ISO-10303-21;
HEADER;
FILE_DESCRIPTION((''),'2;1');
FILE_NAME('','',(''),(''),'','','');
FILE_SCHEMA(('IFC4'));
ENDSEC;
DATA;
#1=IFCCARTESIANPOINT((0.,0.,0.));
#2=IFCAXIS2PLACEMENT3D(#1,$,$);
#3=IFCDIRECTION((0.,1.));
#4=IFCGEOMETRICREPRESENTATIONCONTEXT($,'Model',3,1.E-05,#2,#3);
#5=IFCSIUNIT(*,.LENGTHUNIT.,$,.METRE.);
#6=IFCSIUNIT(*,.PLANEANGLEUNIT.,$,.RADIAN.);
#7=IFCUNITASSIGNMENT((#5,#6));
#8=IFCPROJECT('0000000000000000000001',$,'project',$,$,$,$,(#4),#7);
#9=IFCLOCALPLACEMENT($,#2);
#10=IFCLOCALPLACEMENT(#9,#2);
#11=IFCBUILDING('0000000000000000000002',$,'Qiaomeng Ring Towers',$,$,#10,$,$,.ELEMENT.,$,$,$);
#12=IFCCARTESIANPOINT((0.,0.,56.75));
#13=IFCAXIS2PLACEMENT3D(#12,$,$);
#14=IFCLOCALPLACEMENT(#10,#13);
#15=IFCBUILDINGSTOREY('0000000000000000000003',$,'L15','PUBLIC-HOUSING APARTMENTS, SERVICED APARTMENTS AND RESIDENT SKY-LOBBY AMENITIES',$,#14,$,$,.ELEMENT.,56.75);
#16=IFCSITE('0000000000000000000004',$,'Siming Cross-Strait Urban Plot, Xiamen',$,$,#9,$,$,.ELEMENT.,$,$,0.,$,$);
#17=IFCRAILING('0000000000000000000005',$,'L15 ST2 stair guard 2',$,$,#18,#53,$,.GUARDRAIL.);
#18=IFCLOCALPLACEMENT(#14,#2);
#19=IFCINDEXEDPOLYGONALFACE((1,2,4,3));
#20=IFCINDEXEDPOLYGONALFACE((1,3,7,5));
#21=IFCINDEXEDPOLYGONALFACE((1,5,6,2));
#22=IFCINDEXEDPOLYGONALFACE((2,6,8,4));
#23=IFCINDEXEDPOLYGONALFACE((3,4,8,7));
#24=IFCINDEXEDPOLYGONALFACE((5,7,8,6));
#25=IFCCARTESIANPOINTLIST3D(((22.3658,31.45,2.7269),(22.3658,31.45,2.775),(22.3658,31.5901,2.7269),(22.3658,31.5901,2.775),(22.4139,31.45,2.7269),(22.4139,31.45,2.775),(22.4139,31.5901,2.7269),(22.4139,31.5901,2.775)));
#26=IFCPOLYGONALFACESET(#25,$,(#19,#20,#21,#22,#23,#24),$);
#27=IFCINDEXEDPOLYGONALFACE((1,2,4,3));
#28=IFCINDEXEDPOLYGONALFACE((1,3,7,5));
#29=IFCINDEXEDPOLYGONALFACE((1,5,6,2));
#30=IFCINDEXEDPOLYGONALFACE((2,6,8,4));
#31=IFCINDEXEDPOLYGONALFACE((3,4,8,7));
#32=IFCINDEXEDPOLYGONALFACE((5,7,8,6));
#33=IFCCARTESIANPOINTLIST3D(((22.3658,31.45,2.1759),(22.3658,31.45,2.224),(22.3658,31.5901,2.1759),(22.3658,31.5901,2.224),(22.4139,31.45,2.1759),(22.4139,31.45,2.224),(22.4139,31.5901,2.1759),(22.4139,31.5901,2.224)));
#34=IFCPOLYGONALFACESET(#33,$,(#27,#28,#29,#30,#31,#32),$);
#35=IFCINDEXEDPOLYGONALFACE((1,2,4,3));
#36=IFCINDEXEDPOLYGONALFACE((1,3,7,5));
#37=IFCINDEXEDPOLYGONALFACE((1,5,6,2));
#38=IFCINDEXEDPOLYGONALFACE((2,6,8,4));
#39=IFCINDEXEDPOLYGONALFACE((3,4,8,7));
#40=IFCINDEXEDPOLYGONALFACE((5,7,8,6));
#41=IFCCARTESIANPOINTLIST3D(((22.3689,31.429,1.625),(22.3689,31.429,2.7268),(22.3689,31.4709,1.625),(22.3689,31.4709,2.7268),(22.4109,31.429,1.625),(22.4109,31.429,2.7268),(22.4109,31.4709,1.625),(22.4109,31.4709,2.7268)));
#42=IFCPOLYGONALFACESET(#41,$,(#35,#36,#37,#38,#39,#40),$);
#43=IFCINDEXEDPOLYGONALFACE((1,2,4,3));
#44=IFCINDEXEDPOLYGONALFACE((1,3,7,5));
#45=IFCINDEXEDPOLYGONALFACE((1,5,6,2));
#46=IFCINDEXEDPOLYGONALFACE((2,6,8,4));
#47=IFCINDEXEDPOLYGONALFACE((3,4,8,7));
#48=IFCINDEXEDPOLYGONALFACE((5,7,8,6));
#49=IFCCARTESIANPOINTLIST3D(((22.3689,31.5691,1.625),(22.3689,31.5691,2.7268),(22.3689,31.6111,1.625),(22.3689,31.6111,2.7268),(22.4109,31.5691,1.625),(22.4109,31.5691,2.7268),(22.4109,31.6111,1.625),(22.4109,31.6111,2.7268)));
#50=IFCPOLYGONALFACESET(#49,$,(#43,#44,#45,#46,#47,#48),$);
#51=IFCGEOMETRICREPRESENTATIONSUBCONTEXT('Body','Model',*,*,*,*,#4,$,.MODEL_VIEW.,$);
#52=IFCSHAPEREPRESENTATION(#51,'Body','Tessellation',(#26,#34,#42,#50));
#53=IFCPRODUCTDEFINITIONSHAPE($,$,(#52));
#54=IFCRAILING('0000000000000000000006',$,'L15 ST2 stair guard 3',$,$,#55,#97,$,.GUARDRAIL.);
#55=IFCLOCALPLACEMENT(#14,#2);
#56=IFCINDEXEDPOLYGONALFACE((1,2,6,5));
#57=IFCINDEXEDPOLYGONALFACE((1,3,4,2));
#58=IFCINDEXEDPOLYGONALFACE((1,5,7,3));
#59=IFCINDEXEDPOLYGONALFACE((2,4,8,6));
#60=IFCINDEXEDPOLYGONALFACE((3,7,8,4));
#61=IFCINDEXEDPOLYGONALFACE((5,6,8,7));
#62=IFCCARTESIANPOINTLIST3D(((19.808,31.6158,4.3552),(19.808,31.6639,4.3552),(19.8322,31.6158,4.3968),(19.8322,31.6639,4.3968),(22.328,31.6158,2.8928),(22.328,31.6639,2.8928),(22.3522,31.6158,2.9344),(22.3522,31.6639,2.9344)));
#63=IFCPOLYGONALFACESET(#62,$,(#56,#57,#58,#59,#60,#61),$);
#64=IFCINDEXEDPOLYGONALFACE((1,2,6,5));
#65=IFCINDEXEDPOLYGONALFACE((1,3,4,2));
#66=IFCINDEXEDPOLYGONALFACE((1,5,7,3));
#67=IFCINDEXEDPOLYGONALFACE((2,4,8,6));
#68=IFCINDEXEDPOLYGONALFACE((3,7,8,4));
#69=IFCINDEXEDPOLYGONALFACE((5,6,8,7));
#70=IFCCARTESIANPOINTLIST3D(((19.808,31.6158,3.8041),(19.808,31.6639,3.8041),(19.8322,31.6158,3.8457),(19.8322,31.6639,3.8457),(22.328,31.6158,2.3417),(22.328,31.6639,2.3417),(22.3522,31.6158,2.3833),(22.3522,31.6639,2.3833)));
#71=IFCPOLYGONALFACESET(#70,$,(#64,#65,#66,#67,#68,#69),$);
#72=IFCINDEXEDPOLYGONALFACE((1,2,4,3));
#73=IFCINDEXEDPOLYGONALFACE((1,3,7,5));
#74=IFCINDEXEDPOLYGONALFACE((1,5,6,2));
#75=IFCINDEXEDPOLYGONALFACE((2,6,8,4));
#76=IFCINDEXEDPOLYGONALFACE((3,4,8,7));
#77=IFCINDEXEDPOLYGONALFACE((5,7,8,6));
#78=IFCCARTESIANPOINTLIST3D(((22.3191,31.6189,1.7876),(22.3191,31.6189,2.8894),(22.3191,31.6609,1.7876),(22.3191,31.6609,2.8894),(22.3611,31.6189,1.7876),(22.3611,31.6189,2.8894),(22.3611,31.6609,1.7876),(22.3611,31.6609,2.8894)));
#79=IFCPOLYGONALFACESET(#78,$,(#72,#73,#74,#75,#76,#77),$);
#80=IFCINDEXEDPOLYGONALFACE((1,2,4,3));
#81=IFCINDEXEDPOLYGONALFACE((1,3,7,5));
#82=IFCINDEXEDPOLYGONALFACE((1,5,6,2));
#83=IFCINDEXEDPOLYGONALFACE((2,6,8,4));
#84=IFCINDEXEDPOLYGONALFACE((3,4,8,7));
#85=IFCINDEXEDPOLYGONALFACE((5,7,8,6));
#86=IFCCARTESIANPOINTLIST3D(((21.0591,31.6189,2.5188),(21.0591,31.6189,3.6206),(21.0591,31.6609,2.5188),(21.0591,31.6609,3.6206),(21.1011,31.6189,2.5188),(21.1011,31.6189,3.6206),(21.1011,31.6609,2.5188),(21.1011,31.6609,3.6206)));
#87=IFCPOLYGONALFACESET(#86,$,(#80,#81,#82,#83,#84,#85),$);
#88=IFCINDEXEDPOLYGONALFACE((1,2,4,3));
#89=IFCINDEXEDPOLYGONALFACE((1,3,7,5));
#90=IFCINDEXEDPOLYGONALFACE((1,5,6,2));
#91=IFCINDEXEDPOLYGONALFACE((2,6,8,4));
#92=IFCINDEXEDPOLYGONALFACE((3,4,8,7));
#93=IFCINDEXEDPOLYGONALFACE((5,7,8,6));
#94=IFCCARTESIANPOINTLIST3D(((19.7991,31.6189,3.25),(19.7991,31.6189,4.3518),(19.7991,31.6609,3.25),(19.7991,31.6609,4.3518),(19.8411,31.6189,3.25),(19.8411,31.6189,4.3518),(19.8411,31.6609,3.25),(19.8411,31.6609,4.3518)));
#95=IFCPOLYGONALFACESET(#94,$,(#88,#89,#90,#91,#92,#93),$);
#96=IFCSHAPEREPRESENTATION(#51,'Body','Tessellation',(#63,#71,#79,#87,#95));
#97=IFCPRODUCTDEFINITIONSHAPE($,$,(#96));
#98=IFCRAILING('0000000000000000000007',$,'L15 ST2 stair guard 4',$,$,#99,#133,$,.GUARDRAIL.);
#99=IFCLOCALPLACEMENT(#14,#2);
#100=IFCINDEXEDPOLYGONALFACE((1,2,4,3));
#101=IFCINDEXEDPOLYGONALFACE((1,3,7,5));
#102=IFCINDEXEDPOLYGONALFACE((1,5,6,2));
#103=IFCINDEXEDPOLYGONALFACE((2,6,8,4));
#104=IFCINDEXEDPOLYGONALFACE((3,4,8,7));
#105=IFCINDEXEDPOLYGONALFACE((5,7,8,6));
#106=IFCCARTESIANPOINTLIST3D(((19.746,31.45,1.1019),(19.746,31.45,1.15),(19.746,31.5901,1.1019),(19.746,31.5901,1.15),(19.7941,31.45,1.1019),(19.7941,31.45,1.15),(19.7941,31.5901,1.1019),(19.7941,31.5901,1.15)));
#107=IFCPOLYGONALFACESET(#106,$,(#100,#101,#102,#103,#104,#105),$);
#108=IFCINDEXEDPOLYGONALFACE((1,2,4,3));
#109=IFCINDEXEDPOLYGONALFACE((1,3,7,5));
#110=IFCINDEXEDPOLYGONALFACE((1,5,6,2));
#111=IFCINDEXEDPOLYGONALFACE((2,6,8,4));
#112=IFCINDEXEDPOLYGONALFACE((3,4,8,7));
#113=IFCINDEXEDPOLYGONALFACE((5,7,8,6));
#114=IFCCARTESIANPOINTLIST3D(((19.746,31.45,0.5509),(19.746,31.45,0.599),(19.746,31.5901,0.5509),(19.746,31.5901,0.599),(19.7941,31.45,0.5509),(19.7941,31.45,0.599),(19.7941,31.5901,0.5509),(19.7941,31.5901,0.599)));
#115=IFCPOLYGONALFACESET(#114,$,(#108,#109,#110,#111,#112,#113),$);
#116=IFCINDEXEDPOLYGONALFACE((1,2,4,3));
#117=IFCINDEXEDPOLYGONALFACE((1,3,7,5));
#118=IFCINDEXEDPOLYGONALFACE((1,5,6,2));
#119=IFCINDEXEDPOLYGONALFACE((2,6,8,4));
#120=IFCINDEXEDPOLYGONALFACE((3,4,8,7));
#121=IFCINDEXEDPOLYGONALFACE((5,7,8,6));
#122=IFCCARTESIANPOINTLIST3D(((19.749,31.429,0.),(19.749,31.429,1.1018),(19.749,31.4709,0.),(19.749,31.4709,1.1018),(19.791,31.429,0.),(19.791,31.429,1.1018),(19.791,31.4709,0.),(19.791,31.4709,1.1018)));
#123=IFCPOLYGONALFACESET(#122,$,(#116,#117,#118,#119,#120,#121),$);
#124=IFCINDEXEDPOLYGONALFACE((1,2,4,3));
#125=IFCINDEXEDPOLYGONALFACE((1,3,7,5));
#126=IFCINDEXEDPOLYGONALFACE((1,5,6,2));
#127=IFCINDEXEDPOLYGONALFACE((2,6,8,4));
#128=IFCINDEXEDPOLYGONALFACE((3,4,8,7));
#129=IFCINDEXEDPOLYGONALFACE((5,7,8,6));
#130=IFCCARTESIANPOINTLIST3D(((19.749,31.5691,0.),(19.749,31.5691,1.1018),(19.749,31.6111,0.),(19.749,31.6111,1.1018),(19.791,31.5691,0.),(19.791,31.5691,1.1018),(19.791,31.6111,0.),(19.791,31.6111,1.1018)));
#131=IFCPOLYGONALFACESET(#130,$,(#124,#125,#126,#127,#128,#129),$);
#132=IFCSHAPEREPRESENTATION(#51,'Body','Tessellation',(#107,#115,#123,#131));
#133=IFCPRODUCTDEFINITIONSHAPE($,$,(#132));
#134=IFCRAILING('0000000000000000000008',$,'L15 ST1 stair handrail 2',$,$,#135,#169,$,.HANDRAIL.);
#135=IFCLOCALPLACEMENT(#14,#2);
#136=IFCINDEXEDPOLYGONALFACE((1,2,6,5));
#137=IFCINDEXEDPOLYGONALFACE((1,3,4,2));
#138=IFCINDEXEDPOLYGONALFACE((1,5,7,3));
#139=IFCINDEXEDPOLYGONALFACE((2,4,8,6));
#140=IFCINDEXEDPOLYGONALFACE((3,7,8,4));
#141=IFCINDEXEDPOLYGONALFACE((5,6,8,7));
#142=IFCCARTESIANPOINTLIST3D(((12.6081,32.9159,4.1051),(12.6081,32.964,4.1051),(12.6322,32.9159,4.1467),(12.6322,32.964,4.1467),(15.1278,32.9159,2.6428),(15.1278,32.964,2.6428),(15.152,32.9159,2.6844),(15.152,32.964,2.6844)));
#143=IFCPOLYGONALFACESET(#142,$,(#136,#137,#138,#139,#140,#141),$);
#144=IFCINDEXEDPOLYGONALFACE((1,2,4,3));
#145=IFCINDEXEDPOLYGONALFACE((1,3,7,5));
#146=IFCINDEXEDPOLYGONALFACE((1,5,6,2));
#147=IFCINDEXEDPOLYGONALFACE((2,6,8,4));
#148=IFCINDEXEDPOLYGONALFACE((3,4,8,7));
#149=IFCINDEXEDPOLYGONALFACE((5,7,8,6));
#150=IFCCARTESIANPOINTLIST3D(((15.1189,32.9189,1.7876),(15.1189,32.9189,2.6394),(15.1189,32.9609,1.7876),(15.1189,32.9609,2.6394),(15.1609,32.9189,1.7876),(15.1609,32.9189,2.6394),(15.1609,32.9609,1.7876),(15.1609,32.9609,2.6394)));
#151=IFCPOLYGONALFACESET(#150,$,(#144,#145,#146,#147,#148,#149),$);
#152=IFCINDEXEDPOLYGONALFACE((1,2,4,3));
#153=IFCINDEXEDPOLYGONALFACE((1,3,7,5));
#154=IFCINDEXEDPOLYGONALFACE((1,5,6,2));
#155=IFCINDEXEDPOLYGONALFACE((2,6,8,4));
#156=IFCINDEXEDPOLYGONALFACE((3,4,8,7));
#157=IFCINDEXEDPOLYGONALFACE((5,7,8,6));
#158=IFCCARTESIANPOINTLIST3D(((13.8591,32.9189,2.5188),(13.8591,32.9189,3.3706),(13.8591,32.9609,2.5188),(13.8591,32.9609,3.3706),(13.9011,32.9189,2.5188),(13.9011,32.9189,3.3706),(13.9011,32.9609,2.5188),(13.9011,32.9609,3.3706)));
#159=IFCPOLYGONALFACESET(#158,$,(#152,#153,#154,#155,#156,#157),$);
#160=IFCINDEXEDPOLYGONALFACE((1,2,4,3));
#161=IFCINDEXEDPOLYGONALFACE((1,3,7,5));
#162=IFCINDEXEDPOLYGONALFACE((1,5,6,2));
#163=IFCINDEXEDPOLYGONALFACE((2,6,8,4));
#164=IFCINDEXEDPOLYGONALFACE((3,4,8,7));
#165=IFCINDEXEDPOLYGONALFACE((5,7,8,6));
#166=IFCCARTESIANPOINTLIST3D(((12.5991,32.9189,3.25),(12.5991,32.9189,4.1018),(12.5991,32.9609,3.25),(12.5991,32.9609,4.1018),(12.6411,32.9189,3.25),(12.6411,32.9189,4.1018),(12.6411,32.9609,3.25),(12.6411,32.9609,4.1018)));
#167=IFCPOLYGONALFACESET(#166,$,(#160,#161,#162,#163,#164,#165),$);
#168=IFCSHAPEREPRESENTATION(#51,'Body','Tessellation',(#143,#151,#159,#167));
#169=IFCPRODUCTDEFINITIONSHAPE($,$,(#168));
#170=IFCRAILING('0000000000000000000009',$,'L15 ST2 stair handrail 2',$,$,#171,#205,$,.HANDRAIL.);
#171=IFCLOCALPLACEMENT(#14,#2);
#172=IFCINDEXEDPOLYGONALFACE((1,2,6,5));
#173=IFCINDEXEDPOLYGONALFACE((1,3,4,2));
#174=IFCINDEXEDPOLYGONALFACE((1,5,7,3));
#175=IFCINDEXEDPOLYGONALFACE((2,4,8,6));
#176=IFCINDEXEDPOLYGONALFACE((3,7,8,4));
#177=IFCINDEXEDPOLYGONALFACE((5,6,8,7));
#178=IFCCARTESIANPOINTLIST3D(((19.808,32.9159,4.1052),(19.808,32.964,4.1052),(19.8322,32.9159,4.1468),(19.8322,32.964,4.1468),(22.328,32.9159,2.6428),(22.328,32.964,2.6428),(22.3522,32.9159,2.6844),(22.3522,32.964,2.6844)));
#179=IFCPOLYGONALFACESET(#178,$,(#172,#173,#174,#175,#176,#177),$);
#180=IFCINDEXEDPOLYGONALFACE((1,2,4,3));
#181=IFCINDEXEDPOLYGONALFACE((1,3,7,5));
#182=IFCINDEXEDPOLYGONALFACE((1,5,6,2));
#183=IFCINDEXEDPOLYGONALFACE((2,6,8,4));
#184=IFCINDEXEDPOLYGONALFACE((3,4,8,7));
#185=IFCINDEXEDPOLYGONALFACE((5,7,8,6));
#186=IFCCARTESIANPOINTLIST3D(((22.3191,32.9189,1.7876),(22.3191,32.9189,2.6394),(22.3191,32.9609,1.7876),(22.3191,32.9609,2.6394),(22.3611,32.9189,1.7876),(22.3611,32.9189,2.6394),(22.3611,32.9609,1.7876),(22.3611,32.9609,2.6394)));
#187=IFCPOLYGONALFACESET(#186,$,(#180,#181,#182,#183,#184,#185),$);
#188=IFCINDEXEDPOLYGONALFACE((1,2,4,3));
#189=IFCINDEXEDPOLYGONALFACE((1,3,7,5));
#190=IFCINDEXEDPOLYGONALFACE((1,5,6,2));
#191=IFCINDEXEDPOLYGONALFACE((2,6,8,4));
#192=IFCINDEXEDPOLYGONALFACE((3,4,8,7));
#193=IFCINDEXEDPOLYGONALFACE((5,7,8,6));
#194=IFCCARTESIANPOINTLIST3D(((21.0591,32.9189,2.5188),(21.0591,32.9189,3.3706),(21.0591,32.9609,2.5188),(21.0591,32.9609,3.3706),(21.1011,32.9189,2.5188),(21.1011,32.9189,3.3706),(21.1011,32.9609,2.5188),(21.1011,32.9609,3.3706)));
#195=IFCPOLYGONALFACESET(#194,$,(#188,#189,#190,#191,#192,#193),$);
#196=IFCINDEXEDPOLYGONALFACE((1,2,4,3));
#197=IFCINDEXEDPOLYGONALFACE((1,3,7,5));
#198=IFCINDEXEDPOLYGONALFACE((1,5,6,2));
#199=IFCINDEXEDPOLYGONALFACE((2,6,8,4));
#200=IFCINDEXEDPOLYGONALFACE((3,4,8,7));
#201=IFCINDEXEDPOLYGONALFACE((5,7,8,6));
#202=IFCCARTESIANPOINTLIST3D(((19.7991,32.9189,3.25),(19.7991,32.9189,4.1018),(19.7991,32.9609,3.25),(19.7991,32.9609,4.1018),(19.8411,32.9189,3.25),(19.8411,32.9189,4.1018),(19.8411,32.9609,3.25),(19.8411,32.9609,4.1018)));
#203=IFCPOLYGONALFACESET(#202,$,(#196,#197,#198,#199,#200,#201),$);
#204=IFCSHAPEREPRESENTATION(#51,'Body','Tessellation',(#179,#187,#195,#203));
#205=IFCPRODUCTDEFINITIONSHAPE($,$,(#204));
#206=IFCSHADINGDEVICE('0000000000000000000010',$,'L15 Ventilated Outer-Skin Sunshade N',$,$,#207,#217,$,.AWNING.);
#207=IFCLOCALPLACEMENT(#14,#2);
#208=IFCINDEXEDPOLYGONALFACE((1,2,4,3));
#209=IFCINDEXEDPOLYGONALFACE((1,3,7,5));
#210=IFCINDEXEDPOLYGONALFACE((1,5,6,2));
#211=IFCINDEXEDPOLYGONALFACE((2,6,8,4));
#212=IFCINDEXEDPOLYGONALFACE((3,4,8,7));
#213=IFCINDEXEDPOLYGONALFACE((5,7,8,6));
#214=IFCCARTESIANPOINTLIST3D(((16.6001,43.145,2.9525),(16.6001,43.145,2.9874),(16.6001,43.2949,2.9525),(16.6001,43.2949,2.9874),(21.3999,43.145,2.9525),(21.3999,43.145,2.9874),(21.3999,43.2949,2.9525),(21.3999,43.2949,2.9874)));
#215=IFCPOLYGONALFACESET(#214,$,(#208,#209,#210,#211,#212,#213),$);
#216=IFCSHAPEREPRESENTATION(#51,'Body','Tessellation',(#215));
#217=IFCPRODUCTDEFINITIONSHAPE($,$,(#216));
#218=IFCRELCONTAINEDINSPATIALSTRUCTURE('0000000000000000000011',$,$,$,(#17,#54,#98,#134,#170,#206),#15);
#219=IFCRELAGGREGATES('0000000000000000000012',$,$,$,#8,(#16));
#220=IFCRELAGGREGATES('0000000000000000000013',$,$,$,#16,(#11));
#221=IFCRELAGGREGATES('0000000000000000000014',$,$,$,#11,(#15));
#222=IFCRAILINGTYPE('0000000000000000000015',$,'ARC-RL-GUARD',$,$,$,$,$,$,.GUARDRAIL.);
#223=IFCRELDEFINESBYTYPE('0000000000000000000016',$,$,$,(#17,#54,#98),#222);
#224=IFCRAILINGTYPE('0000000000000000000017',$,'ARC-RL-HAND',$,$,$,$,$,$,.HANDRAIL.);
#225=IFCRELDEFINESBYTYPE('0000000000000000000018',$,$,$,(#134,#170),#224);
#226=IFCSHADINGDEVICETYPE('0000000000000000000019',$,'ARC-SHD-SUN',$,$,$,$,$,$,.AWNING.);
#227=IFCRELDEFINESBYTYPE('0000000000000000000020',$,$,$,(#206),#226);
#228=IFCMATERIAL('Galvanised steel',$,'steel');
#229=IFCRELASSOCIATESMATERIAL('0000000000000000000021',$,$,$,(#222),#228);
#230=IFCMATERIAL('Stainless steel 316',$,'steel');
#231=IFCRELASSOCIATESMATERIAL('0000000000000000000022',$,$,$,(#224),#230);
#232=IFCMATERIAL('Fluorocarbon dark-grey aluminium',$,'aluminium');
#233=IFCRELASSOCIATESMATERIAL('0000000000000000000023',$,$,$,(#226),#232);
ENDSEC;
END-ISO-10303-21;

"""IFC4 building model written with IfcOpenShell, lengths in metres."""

from ifc_helpers import new_model, si_unit, direction, frame, origin, origin_2d, place, context, subcontext, project, spatial, rectangle, extrude, source, transform, mapped, material, material_profile, profile_set, type_object, element, save


model = new_model("IFC4")

# Units and contexts
model_context = context("Model", 3, precision=1e-05, world=origin(), true_north=direction((0.0, 1.0)))
body_context = subcontext(model_context, "Body", "Model", "MODEL_VIEW")
ifc_project = project(units=[si_unit("LENGTHUNIT", "METRE"), si_unit("PLANEANGLEUNIT", "RADIAN")], contexts=[model_context])

# Site, building, storey
site_placement = place(None, origin())
site = spatial("IfcSite", under=ifc_project, at=site_placement, Name="Siming Cross-Strait Urban Plot, Xiamen", CompositionType="ELEMENT", RefElevation=0.0)
building_placement = place(site_placement, origin())
building = spatial("IfcBuilding", under=site, at=building_placement, Name="Qiaomeng Ring Towers", CompositionType="ELEMENT")
storey_placement = place(building_placement, frame((0.0, 0.0, 56.75)))
storey = spatial("IfcBuildingStorey", under=building, at=storey_placement, Name="L15", Description="PUBLIC-HOUSING APARTMENTS, SERVICED APARTMENTS AND RESIDENT SKY-LOBBY AMENITIES", CompositionType="ELEMENT", Elevation=56.75)

# Shared definitions
ifc_material_1 = material(Name="Galvanised steel", Category="steel")

# Railings
railing_type_1 = type_object("IfcRailingType", Name="ARC-RL-GUARD", PredefinedType="GUARDRAIL", material=ifc_material_1)
railing_1_placement = place(storey_placement, frame((22.3899, 31.45, 1.625)))
element("IfcRailing", 1, at=railing_1_placement, inside=storey, type_object=railing_type_1, Name="L15 ST2 stair guard 2", PredefinedType="GUARDRAIL", context=body_context, shape_type="SweptSolid", body=[
    extrude(rectangle(XDim=0.0481, YDim=0.0481, at=origin_2d()), frame((0.0, 0.0, 1.126), z_axis=(0.0, 1.0, 0.0), x_axis=(-1.0, 0.0, 0.0)), (0.0, 0.0, 1.0), 0.1401),
    extrude(rectangle(XDim=0.0481, YDim=0.0481, at=origin_2d()), frame((0.0, 0.0, 0.575), z_axis=(0.0, 1.0, 0.0), x_axis=(-1.0, 0.0, 0.0)), (0.0, 0.0, 1.0), 0.1401),
    extrude(rectangle(XDim=0.042, YDim=0.042, at=origin_2d()), origin(), (0.0, 0.0, 1.0), 1.1018),
    extrude(rectangle(XDim=0.042, YDim=0.042, at=origin_2d()), frame((0.0, 0.1401, 0.0)), (0.0, 0.0, 1.0), 1.1018),
])
railing_2_placement = place(storey_placement, frame((22.3401, 31.6399, 1.7876)))
element("IfcRailing", 2, at=railing_2_placement, inside=storey, type_object=railing_type_1, Name="L15 ST2 stair guard 3", PredefinedType="GUARDRAIL", context=body_context, shape_type="SweptSolid", body=[
    extrude(rectangle(XDim=0.0481, YDim=0.0481, at=origin_2d()), frame((0.0, 0.0, 1.126), z_axis=(-0.864913, 0.0, 0.501921), x_axis=(0.0, -1.0, 0.0)), (0.0, 0.0, 1.0), 2.9136),
    extrude(rectangle(XDim=0.0481, YDim=0.0481, at=origin_2d()), frame((0.0, 0.0, 0.575), z_axis=(-0.864913, 0.0, 0.501921), x_axis=(0.0, -1.0, 0.0)), (0.0, 0.0, 1.0), 2.9136),
    extrude(rectangle(XDim=0.042, YDim=0.042, at=origin_2d()), origin(), (0.0, 0.0, 1.0), 1.1018),
    extrude(rectangle(XDim=0.042, YDim=0.042, at=origin_2d()), frame((-1.26, 0.0, 0.7312)), (0.0, 0.0, 1.0), 1.1018),
    extrude(rectangle(XDim=0.042, YDim=0.042, at=origin_2d()), frame((-2.52, 0.0, 1.4624)), (0.0, 0.0, 1.0), 1.1018),
])
railing_3_placement = place(storey_placement, frame((19.77, 31.45, 0.0)))
element("IfcRailing", 3, at=railing_3_placement, inside=storey, type_object=railing_type_1, Name="L15 ST2 stair guard 4", PredefinedType="GUARDRAIL", context=body_context, shape_type="SweptSolid", body=[
    extrude(rectangle(XDim=0.0481, YDim=0.0481, at=origin_2d()), frame((0.0, 0.0, 1.126), z_axis=(0.0, 1.0, 0.0), x_axis=(-1.0, 0.0, 0.0)), (0.0, 0.0, 1.0), 0.1401),
    extrude(rectangle(XDim=0.0481, YDim=0.0481, at=origin_2d()), frame((0.0, 0.0, 0.575), z_axis=(0.0, 1.0, 0.0), x_axis=(-1.0, 0.0, 0.0)), (0.0, 0.0, 1.0), 0.1401),
    extrude(rectangle(XDim=0.042, YDim=0.042, at=origin_2d()), origin(), (0.0, 0.0, 1.0), 1.1018),
    extrude(rectangle(XDim=0.042, YDim=0.042, at=origin_2d()), frame((0.0, 0.1401, 0.0)), (0.0, 0.0, 1.0), 1.1018),
])
ifc_material_2 = material(Name="Stainless steel 316", Category="steel")
railing_type_2 = type_object("IfcRailingType", Name="ARC-RL-HAND", PredefinedType="HANDRAIL", material=ifc_material_2)
railing_4_placement = place(storey_placement, frame((15.1399, 32.9399, 1.7876)))
element("IfcRailing", 4, at=railing_4_placement, inside=storey, type_object=railing_type_2, Name="L15 ST1 stair handrail 2", PredefinedType="HANDRAIL", context=body_context, shape_type="SweptSolid", body=[
    extrude(rectangle(XDim=0.0481, YDim=0.0481, at=origin_2d()), frame((0.0, 0.0, 0.876), z_axis=(-0.864892, 0.0, 0.501958), x_axis=(0.0, -1.0, 0.0)), (0.0, 0.0, 1.0), 2.9133),
    extrude(rectangle(XDim=0.042, YDim=0.042, at=origin_2d()), origin(), (0.0, 0.0, 1.0), 0.8518),
    extrude(rectangle(XDim=0.042, YDim=0.042, at=origin_2d()), frame((-1.2598, 0.0, 0.7312)), (0.0, 0.0, 1.0), 0.8518),
    extrude(rectangle(XDim=0.042, YDim=0.042, at=origin_2d()), frame((-2.5198, 0.0, 1.4624)), (0.0, 0.0, 1.0), 0.8518),
])
railing_5_placement = place(storey_placement, frame((22.3401, 32.9399, 1.7876)))
element("IfcRailing", 5, at=railing_5_placement, inside=storey, type_object=railing_type_2, Name="L15 ST2 stair handrail 2", PredefinedType="HANDRAIL", context=body_context, shape_type="SweptSolid", body=[
    extrude(rectangle(XDim=0.0481, YDim=0.0481, at=origin_2d()), frame((0.0, 0.0, 0.876), z_axis=(-0.864913, 0.0, 0.501921), x_axis=(0.0, -1.0, 0.0)), (0.0, 0.0, 1.0), 2.9136),
    extrude(rectangle(XDim=0.042, YDim=0.042, at=origin_2d()), origin(), (0.0, 0.0, 1.0), 0.8518),
    extrude(rectangle(XDim=0.042, YDim=0.042, at=origin_2d()), frame((-1.26, 0.0, 0.7312)), (0.0, 0.0, 1.0), 0.8518),
    extrude(rectangle(XDim=0.042, YDim=0.042, at=origin_2d()), frame((-2.52, 0.0, 1.4624)), (0.0, 0.0, 1.0), 0.8518),
])

# Shading device
ifc_material_3 = material(Name="Fluorocarbon dark-grey aluminium", Category="aluminium")
ifc_material_profile_1 = material_profile(ifc_material_3, rectangle(XDim=0.1499, YDim=0.0349, at=origin_2d()), Name="LV BLADE 150x35")
ifc_profile_set_1 = profile_set([ifc_material_profile_1], Name="Fluorocarbon dark-grey aluminium")
shading_device_type = type_object("IfcShadingDeviceType", Name="ARC-SHD-SUN", PredefinedType="AWNING", material=ifc_profile_set_1)
shared_shape_1 = source(origin(), body_context, "Body", "SweptSolid", [
    extrude(rectangle(XDim=0.1499, YDim=0.0349, at=origin_2d()), origin(), (0.0, 0.0, 1.0), 4.7998),
])
shading_device_placement = place(storey_placement, frame((16.6001, 43.22, 2.97), z_axis=(1.0, 0.0, 0.0), x_axis=(0.0, 1.0, 0.0)))
element("IfcShadingDevice", 6, at=shading_device_placement, inside=storey, type_object=shading_device_type, Name="L15 Ventilated Outer-Skin Sunshade N", PredefinedType="AWNING", context=body_context, shape_type="MappedRepresentation", body=[
    mapped(shared_shape_1, transform((0.0, 0.0, 0.0), x_axis=(1.0, 0.0, 0.0), y_axis=(0.0, 1.0, 0.0), z_axis=(0.0, 0.0, 1.0), scale=1.0)),
])

save(model, "model.ifc")
